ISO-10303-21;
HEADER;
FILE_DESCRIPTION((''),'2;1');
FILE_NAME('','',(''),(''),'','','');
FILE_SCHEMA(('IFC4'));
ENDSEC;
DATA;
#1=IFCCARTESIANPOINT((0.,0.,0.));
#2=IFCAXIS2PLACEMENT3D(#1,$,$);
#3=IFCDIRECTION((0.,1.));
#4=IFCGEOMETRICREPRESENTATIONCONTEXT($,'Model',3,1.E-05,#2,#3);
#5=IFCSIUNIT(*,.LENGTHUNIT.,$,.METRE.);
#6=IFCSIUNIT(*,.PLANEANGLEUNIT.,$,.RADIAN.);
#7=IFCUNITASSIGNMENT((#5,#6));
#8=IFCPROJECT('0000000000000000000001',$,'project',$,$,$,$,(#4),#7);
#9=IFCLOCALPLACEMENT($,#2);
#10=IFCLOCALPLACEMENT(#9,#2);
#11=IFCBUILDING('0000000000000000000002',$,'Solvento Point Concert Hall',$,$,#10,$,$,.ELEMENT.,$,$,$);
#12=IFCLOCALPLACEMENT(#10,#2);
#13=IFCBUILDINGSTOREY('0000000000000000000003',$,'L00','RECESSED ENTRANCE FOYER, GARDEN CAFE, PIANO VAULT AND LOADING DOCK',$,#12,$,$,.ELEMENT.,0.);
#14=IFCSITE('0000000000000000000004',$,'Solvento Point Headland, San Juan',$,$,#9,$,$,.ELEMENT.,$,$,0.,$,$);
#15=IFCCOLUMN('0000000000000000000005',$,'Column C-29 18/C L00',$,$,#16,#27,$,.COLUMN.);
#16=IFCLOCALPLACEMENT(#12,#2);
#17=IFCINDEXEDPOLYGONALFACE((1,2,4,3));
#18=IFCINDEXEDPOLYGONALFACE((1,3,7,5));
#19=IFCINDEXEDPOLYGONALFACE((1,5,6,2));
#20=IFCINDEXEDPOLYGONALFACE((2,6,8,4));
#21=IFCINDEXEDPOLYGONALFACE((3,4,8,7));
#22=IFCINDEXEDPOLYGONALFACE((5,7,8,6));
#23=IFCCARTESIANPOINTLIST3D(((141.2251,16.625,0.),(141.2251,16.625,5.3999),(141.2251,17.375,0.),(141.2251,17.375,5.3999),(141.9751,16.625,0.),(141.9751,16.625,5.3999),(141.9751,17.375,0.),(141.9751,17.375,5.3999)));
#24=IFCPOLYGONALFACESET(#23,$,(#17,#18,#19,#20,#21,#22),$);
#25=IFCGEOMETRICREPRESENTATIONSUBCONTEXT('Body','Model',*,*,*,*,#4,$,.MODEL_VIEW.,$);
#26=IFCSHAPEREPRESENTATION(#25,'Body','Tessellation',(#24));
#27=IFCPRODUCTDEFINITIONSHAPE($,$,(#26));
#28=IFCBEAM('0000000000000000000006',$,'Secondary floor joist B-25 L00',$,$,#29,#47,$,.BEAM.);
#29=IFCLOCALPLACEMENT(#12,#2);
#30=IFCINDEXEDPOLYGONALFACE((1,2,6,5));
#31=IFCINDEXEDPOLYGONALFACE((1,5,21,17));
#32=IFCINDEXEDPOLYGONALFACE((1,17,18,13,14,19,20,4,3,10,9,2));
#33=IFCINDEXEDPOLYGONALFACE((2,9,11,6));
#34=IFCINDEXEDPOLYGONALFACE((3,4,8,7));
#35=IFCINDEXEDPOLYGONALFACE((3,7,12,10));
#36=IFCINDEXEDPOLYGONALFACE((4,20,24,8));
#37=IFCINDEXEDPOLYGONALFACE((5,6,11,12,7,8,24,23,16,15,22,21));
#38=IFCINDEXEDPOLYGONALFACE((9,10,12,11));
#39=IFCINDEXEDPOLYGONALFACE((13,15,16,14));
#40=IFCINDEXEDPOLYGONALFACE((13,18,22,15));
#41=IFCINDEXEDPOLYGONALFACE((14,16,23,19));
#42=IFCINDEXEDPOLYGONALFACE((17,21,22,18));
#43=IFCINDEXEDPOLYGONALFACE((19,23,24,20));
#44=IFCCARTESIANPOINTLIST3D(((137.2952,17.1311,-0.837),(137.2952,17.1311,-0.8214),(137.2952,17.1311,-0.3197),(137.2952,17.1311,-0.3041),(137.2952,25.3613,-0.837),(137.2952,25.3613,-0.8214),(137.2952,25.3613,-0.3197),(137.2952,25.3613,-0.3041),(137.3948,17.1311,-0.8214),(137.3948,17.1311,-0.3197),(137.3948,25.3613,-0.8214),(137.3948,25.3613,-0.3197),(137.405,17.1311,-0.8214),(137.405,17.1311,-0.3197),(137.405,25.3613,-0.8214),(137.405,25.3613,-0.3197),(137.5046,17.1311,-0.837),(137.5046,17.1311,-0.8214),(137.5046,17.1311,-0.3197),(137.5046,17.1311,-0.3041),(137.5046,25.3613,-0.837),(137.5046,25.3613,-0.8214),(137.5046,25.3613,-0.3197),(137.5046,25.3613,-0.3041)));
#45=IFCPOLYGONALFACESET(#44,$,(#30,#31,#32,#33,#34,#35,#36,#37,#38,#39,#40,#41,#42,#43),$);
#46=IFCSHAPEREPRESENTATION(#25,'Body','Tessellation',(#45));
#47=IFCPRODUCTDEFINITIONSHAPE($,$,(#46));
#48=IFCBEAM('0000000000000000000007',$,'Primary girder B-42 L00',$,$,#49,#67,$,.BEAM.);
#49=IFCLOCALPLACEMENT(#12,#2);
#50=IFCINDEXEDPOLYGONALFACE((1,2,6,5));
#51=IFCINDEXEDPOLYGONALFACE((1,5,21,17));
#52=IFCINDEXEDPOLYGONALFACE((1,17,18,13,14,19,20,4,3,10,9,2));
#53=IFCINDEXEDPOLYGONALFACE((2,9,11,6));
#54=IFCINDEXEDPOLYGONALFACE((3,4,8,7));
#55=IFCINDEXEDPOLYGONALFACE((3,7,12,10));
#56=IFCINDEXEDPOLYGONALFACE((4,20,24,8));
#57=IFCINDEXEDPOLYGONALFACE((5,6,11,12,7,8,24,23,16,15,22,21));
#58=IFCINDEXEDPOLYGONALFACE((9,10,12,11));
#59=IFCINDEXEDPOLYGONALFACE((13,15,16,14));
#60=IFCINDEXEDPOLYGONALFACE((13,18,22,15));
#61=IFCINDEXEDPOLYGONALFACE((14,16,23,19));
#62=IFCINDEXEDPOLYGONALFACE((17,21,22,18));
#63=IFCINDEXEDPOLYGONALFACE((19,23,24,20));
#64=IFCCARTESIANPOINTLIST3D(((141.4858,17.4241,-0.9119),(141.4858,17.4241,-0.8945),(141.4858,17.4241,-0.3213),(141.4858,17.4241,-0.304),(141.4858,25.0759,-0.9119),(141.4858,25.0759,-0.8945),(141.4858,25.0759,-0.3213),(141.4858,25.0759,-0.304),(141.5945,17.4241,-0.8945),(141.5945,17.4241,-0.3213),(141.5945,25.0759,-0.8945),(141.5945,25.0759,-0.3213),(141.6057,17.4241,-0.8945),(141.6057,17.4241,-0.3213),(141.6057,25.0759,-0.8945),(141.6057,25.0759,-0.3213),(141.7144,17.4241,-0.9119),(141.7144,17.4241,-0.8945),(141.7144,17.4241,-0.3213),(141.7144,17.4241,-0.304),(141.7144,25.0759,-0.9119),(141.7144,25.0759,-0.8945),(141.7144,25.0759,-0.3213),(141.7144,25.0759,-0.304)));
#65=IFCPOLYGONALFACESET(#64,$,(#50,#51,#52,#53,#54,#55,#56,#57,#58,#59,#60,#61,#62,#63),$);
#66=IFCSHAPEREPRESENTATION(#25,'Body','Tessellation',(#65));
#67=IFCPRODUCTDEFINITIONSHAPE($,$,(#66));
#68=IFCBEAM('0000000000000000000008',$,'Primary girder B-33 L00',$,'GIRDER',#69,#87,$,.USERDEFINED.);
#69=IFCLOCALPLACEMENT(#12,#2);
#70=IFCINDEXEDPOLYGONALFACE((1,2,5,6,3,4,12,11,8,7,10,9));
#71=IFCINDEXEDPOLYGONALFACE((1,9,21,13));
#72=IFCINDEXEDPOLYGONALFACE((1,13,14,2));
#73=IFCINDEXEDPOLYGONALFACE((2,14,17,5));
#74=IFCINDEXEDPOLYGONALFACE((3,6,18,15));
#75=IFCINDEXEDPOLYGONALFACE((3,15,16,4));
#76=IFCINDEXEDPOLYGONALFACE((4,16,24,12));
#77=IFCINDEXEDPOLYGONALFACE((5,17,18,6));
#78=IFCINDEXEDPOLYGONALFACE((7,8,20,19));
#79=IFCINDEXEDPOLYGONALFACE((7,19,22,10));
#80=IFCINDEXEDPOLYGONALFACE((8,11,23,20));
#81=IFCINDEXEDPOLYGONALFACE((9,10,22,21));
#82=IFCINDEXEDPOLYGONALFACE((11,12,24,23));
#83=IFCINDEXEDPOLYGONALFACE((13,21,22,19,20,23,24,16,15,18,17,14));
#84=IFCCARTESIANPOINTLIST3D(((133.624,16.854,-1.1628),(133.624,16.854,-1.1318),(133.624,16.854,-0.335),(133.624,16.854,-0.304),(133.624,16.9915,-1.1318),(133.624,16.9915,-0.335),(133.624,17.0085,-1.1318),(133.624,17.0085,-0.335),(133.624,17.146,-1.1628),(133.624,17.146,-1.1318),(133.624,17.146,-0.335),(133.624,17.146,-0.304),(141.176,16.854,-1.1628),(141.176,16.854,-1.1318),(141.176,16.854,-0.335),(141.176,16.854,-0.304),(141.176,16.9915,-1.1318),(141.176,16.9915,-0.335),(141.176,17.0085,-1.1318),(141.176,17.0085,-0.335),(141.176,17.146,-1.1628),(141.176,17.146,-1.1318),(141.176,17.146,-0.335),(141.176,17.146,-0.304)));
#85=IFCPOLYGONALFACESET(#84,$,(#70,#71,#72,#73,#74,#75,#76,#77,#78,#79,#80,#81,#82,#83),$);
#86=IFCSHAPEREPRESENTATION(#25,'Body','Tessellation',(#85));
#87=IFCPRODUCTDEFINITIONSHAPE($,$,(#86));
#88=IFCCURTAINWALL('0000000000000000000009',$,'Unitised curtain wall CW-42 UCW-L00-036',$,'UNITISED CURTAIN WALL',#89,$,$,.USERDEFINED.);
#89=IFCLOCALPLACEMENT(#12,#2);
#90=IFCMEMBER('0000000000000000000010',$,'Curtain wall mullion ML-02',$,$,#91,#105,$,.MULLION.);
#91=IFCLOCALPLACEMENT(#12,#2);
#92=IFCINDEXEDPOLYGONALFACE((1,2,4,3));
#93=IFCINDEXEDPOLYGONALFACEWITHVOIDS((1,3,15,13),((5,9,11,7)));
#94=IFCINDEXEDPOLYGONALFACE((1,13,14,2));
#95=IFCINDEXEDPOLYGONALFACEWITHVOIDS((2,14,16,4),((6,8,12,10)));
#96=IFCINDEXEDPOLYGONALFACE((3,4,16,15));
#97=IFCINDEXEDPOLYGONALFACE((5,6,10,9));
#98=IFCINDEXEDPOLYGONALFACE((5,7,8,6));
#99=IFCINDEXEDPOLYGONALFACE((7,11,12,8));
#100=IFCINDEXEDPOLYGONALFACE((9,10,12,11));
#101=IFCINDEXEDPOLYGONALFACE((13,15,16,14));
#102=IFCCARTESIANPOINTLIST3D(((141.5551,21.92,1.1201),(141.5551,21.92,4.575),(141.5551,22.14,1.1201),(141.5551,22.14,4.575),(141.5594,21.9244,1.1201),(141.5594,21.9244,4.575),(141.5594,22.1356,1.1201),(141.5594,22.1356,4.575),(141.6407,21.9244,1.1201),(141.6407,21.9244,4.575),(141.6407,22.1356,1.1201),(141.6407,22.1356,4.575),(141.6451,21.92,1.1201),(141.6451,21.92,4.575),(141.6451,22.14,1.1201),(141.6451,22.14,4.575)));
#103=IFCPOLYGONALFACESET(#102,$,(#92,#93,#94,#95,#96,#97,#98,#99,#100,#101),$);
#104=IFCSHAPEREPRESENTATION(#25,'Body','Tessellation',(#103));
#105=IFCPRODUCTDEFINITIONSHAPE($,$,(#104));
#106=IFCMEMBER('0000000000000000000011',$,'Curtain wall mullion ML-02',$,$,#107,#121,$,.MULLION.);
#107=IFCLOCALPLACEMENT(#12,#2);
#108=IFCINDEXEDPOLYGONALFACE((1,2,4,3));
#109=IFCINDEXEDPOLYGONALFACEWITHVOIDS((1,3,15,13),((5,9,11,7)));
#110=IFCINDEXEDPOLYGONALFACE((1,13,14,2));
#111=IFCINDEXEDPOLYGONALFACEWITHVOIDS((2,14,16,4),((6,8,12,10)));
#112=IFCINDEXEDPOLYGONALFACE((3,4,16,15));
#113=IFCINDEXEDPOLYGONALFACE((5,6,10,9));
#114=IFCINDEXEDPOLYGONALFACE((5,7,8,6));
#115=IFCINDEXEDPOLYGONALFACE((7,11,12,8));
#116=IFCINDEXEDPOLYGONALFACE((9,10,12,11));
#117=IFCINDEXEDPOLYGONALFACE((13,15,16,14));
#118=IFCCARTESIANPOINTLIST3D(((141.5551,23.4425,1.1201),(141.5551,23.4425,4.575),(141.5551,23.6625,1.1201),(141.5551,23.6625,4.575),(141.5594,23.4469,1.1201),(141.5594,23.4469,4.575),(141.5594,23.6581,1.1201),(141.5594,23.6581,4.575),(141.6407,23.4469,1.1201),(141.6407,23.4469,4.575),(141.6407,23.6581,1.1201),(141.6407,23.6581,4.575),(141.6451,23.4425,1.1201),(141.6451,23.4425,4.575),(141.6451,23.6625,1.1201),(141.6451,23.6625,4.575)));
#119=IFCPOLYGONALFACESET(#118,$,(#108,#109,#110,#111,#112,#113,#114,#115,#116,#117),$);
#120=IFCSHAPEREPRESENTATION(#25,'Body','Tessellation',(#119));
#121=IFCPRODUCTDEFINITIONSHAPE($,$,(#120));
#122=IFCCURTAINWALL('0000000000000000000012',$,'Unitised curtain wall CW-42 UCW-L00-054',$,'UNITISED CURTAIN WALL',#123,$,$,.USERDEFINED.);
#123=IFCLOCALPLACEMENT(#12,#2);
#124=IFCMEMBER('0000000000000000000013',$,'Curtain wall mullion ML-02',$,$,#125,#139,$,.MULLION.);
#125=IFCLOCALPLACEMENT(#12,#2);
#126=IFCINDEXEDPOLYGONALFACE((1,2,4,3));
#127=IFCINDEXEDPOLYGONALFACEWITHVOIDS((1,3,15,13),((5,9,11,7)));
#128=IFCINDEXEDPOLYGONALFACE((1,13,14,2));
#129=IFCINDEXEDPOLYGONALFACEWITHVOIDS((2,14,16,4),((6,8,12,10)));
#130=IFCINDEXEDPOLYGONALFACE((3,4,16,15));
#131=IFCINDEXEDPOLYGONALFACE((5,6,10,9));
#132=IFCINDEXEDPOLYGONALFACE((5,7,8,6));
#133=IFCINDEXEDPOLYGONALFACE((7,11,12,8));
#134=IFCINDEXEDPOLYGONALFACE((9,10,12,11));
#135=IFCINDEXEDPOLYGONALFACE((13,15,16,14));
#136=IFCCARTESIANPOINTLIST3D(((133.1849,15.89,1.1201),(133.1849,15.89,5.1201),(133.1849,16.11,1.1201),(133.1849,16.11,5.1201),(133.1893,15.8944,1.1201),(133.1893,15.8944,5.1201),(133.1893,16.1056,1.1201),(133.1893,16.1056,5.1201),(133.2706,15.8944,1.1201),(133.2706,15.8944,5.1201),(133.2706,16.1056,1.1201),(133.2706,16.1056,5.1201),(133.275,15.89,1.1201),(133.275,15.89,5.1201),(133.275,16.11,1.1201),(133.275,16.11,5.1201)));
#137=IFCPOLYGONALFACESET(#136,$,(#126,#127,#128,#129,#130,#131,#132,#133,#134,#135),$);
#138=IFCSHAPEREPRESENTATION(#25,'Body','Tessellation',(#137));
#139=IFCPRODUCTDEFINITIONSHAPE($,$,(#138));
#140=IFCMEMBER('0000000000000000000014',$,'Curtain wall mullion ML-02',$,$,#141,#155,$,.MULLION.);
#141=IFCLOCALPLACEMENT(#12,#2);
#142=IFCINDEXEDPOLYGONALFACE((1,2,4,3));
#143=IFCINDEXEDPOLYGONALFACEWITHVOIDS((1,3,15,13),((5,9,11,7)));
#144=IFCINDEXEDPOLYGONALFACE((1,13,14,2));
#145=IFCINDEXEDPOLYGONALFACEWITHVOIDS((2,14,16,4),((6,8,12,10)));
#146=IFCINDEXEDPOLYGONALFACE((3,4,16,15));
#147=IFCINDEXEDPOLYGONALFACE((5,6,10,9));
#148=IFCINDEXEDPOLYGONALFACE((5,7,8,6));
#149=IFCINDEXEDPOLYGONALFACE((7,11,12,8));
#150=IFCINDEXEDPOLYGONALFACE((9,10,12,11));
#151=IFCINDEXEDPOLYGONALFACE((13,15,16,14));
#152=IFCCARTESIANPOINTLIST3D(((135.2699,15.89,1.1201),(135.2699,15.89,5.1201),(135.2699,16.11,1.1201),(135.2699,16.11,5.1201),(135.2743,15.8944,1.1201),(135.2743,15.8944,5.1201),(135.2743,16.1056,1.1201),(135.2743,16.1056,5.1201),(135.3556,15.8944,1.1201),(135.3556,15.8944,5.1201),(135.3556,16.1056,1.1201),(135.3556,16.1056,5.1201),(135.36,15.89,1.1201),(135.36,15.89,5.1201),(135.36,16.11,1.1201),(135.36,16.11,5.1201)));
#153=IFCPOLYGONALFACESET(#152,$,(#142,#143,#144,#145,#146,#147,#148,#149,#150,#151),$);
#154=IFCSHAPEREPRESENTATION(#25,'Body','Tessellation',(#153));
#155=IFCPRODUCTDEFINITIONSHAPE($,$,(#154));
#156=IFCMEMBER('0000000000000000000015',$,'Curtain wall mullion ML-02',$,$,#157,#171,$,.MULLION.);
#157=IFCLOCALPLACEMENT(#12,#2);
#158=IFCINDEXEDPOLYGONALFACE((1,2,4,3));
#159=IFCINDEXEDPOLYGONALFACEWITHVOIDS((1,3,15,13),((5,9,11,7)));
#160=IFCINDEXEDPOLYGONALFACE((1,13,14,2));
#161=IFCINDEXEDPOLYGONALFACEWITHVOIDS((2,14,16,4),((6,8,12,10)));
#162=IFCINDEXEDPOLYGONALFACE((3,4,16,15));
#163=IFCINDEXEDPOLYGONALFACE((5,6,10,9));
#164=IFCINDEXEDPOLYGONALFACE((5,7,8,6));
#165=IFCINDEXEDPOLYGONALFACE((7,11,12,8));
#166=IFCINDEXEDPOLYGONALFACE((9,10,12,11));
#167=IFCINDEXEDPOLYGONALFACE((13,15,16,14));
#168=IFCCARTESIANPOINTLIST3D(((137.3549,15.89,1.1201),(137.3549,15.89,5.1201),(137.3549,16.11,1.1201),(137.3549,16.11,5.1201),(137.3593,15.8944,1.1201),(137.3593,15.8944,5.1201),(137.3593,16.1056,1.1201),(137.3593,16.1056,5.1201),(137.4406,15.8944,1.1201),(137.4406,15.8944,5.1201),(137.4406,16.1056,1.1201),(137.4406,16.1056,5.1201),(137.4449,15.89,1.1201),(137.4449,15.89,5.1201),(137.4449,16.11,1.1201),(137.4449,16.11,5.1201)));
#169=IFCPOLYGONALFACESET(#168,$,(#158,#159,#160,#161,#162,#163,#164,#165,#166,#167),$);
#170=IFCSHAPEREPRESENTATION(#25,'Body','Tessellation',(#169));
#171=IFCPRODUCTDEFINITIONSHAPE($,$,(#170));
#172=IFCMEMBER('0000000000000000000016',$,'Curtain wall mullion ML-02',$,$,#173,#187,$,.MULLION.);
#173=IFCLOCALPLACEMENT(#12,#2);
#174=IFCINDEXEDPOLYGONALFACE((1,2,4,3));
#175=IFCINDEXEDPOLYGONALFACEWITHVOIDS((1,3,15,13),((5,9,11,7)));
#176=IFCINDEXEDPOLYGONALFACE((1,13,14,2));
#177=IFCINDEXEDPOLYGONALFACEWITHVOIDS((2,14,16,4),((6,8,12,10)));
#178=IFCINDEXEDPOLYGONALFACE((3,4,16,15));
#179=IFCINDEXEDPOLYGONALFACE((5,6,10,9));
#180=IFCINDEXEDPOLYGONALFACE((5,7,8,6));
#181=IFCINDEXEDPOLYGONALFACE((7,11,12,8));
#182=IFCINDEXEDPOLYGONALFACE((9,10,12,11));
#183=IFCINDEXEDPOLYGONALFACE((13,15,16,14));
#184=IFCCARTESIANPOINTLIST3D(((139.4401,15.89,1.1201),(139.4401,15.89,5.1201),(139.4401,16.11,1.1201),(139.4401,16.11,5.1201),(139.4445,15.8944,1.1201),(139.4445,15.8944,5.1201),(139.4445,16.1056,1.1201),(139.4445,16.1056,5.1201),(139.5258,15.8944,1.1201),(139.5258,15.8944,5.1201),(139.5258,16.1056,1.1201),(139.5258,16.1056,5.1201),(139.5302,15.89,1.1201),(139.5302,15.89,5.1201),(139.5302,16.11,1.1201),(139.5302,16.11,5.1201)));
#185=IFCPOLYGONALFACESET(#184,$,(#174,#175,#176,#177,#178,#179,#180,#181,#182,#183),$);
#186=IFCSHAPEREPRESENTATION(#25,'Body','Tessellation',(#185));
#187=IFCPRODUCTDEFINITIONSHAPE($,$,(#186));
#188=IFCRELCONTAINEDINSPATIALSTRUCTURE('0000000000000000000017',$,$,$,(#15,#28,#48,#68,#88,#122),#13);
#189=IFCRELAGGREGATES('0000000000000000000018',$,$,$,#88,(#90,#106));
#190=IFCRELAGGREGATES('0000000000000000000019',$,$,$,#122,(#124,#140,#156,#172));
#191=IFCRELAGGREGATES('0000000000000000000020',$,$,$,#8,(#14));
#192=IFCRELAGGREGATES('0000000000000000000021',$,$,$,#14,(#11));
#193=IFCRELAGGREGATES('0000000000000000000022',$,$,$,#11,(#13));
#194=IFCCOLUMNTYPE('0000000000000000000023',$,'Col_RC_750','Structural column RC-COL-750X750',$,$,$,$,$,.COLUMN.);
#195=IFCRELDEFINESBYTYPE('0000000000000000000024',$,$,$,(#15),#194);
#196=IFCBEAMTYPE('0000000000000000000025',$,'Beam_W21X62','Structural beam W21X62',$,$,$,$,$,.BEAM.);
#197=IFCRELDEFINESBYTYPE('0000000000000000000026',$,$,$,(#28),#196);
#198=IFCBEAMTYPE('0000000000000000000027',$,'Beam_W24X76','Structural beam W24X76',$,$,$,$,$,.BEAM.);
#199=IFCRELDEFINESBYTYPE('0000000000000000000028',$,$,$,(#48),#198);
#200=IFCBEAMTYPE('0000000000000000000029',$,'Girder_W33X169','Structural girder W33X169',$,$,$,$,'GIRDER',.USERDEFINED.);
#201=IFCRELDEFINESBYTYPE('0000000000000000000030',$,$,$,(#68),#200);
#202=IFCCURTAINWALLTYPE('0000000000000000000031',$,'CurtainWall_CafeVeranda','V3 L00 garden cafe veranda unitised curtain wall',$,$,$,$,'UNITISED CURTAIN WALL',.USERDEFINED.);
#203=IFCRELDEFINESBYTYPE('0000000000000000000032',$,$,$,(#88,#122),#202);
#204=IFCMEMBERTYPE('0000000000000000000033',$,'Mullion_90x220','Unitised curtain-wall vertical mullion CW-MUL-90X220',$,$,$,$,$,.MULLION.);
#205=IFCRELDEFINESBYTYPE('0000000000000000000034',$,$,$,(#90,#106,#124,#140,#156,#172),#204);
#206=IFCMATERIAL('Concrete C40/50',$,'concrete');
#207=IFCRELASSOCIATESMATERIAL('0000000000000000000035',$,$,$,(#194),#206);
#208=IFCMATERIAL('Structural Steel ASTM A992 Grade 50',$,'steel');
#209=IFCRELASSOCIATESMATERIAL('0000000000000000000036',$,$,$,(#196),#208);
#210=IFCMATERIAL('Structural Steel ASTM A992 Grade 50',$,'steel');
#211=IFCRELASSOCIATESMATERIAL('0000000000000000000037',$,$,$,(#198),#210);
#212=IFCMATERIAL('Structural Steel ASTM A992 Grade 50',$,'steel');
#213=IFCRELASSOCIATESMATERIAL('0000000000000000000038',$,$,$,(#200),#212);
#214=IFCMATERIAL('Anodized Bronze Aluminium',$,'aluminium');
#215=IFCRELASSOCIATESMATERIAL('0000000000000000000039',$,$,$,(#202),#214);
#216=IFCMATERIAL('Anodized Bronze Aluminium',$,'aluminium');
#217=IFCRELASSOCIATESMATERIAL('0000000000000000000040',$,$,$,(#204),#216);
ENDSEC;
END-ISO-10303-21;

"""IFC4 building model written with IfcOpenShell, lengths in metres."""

from ifc_helpers import new_model, si_unit, direction, frame, origin, origin_2d, place, context, subcontext, project, spatial, rectangle, hollow_rectangle, i_section, extrude, material, material_profile, profile_set, type_object, element, aggregate, save


model = new_model("IFC4")

# Units and contexts
model_context = context("Model", 3, precision=1e-05, world=origin(), true_north=direction((0.0, 1.0)))
body_context = subcontext(model_context, "Body", "Model", "MODEL_VIEW")
ifc_project = project(units=[si_unit("LENGTHUNIT", "METRE"), si_unit("PLANEANGLEUNIT", "RADIAN")], contexts=[model_context])

# Site, building, storey
site_placement = place(None, origin())
site = spatial("IfcSite", under=ifc_project, at=site_placement, Name="Solvento Point Headland, San Juan", CompositionType="ELEMENT", RefElevation=0.0)
building_placement = place(site_placement, origin())
building = spatial("IfcBuilding", under=site, at=building_placement, Name="Solvento Point Concert Hall", CompositionType="ELEMENT")
storey_placement = place(building_placement, origin())
storey = spatial("IfcBuildingStorey", under=building, at=storey_placement, Name="L00", Description="RECESSED ENTRANCE FOYER, GARDEN CAFE, PIANO VAULT AND LOADING DOCK", CompositionType="ELEMENT", Elevation=0.0)

# Column
ifc_material_1 = material(Name="Concrete C40/50", Category="concrete")
ifc_material_profile_1 = material_profile(ifc_material_1, rectangle(XDim=0.75, YDim=0.75, at=origin_2d()), Name="RC-COL-750X750")
ifc_profile_set_1 = profile_set([ifc_material_profile_1], Name="Concrete C40/50")
column_type = type_object("IfcColumnType", Name="Col_RC_750", Description="Structural column RC-COL-750X750", PredefinedType="COLUMN", material=ifc_profile_set_1)
column_placement = place(storey_placement, frame((141.6001, 17.0, 0.0), z_axis=(0.0, 0.0, 1.0), x_axis=(1.0, 0.0, 0.0)))
element("IfcColumn", 1, at=column_placement, inside=storey, type_object=column_type, Name="Column C-29 18/C L00", PredefinedType="COLUMN", context=body_context, shape_type="SweptSolid", body=[
    extrude(rectangle(XDim=0.75, YDim=0.75, at=origin_2d()), origin(), (0.0, 0.0, 1.0), 5.3999),
])

# Beams
ifc_material_2 = material(Name="Structural Steel ASTM A992 Grade 50", Category="steel")
ifc_material_profile_2 = material_profile(ifc_material_2, i_section(OverallWidth=0.2095, OverallDepth=0.533, WebThickness=0.0103, FlangeThickness=0.0156, at=origin_2d()), Name="W21X62")
ifc_profile_set_2 = profile_set([ifc_material_profile_2], Name="Structural Steel ASTM A992 Grade 50")
beam_type_1 = type_object("IfcBeamType", Name="Beam_W21X62", Description="Structural beam W21X62", PredefinedType="BEAM", material=ifc_profile_set_2)
beam_1_placement = place(storey_placement, frame((137.3999, 17.1311, -0.5706), z_axis=(0.0, 1.0, 0.0), x_axis=(-1.0, 0.0, 0.0)))
element("IfcBeam", 2, at=beam_1_placement, inside=storey, type_object=beam_type_1, Name="Secondary floor joist B-25 L00", PredefinedType="BEAM", context=body_context, shape_type="SweptSolid", body=[
    extrude(i_section(OverallWidth=0.2095, OverallDepth=0.533, WebThickness=0.0103, FlangeThickness=0.0156, at=origin_2d()), origin(), (0.0, 0.0, 1.0), 8.2302),
])
ifc_material_3 = material(Name="Structural Steel ASTM A992 Grade 50", Category="steel")
ifc_material_profile_3 = material_profile(ifc_material_3, i_section(OverallWidth=0.2285, OverallDepth=0.6079, WebThickness=0.0112, FlangeThickness=0.0173, at=origin_2d()), Name="W24X76")
ifc_profile_set_3 = profile_set([ifc_material_profile_3], Name="Structural Steel ASTM A992 Grade 50")
beam_type_2 = type_object("IfcBeamType", Name="Beam_W24X76", Description="Structural beam W24X76", PredefinedType="BEAM", material=ifc_profile_set_3)
beam_2_placement = place(storey_placement, frame((141.6001, 17.4241, -0.6079), z_axis=(0.0, 1.0, 0.0), x_axis=(-1.0, 0.0, 0.0)))
element("IfcBeam", 3, at=beam_2_placement, inside=storey, type_object=beam_type_2, Name="Primary girder B-42 L00", PredefinedType="BEAM", context=body_context, shape_type="SweptSolid", body=[
    extrude(i_section(OverallWidth=0.2285, OverallDepth=0.6079, WebThickness=0.0112, FlangeThickness=0.0173, at=origin_2d()), origin(), (0.0, 0.0, 1.0), 7.6519),
])
ifc_material_4 = material(Name="Structural Steel ASTM A992 Grade 50", Category="steel")
ifc_material_profile_4 = material_profile(ifc_material_4, i_section(OverallWidth=0.292, OverallDepth=0.8589, WebThickness=0.0171, FlangeThickness=0.031, at=origin_2d()), Name="W33X169")
ifc_profile_set_4 = profile_set([ifc_material_profile_4], Name="Structural Steel ASTM A992 Grade 50")
beam_type_3 = type_object("IfcBeamType", Name="Girder_W33X169", Description="Structural girder W33X169", ElementType="GIRDER", PredefinedType="USERDEFINED", material=ifc_profile_set_4)
beam_3_placement = place(storey_placement, frame((133.624, 17.0, -0.7334), z_axis=(1.0, 0.0, 0.0), x_axis=(0.0, 1.0, 0.0)))
element("IfcBeam", 4, at=beam_3_placement, inside=storey, type_object=beam_type_3, Name="Primary girder B-33 L00", ObjectType="GIRDER", PredefinedType="USERDEFINED", context=body_context, shape_type="SweptSolid", body=[
    extrude(i_section(OverallWidth=0.292, OverallDepth=0.8589, WebThickness=0.0171, FlangeThickness=0.031, at=origin_2d()), origin(), (0.0, 0.0, 1.0), 7.552),
])

# Curtain walls, members
ifc_material_5 = material(Name="Anodized Bronze Aluminium", Category="aluminium")
curtain_wall_type = type_object("IfcCurtainWallType", Name="CurtainWall_CafeVeranda", Description="V3 L00 garden cafe veranda unitised curtain wall", ElementType="UNITISED CURTAIN WALL", PredefinedType="USERDEFINED", material=ifc_material_5)
curtain_wall_1_placement = place(storey_placement, origin())
curtain_wall_1 = element("IfcCurtainWall", 5, at=curtain_wall_1_placement, inside=storey, type_object=curtain_wall_type, Name="Unitised curtain wall CW-42 UCW-L00-036", ObjectType="UNITISED CURTAIN WALL", PredefinedType="USERDEFINED")
ifc_material_6 = material(Name="Anodized Bronze Aluminium", Category="aluminium")
ifc_material_profile_5 = material_profile(ifc_material_6, hollow_rectangle(XDim=0.0901, YDim=0.22, WallThickness=0.0044, at=origin_2d()), Name="CW-MUL-90X220")
ifc_profile_set_5 = profile_set([ifc_material_profile_5], Name="Anodized Bronze Aluminium")
member_type_1 = type_object("IfcMemberType", Name="Mullion_90x220", Description="Unitised curtain-wall vertical mullion CW-MUL-90X220", PredefinedType="MULLION", material=ifc_profile_set_5)
member_1_placement = place(storey_placement, frame((141.6001, 22.03, 1.1201), z_axis=(0.0, 0.0, 1.0), x_axis=(1.0, 0.0, 0.0)))
member_1 = element("IfcMember", 6, at=member_1_placement, type_object=member_type_1, Name="Curtain wall mullion ML-02", PredefinedType="MULLION", context=body_context, shape_type="SweptSolid", body=[
    extrude(hollow_rectangle(XDim=0.0901, YDim=0.22, WallThickness=0.0044, at=origin_2d()), origin(), (0.0, 0.0, 1.0), 3.4548),
])
member_2_placement = place(storey_placement, frame((141.6001, 23.5525, 1.1201), z_axis=(0.0, 0.0, 1.0), x_axis=(1.0, 0.0, 0.0)))
member_2 = element("IfcMember", 7, at=member_2_placement, type_object=member_type_1, Name="Curtain wall mullion ML-02", PredefinedType="MULLION", context=body_context, shape_type="SweptSolid", body=[
    extrude(hollow_rectangle(XDim=0.0901, YDim=0.22, WallThickness=0.0044, at=origin_2d()), origin(), (0.0, 0.0, 1.0), 3.4548),
])
curtain_wall_2_placement = place(storey_placement, origin())
curtain_wall_2 = element("IfcCurtainWall", 8, at=curtain_wall_2_placement, inside=storey, type_object=curtain_wall_type, Name="Unitised curtain wall CW-42 UCW-L00-054", ObjectType="UNITISED CURTAIN WALL", PredefinedType="USERDEFINED")
member_3_placement = place(storey_placement, frame((133.23, 16.0, 1.1201), z_axis=(0.0, 0.0, 1.0), x_axis=(1.0, 0.0, 0.0)))
member_3 = element("IfcMember", 9, at=member_3_placement, type_object=member_type_1, Name="Curtain wall mullion ML-02", PredefinedType="MULLION", context=body_context, shape_type="SweptSolid", body=[
    extrude(hollow_rectangle(XDim=0.0901, YDim=0.22, WallThickness=0.0044, at=origin_2d()), origin(), (0.0, 0.0, 1.0), 4.0),
])
member_4_placement = place(storey_placement, frame((135.3149, 16.0, 1.1201), z_axis=(0.0, 0.0, 1.0), x_axis=(1.0, 0.0, 0.0)))
member_4 = element("IfcMember", 10, at=member_4_placement, type_object=member_type_1, Name="Curtain wall mullion ML-02", PredefinedType="MULLION", context=body_context, shape_type="SweptSolid", body=[
    extrude(hollow_rectangle(XDim=0.0901, YDim=0.22, WallThickness=0.0044, at=origin_2d()), origin(), (0.0, 0.0, 1.0), 4.0),
])
member_5_placement = place(storey_placement, frame((137.3999, 16.0, 1.1201), z_axis=(0.0, 0.0, 1.0), x_axis=(1.0, 0.0, 0.0)))
member_5 = element("IfcMember", 11, at=member_5_placement, type_object=member_type_1, Name="Curtain wall mullion ML-02", PredefinedType="MULLION", context=body_context, shape_type="SweptSolid", body=[
    extrude(hollow_rectangle(XDim=0.0901, YDim=0.22, WallThickness=0.0044, at=origin_2d()), origin(), (0.0, 0.0, 1.0), 4.0),
])
member_6_placement = place(storey_placement, frame((139.4851, 16.0, 1.1201), z_axis=(0.0, 0.0, 1.0), x_axis=(1.0, 0.0, 0.0)))
member_6 = element("IfcMember", 12, at=member_6_placement, type_object=member_type_1, Name="Curtain wall mullion ML-02", PredefinedType="MULLION", context=body_context, shape_type="SweptSolid", body=[
    extrude(hollow_rectangle(XDim=0.0901, YDim=0.22, WallThickness=0.0044, at=origin_2d()), origin(), (0.0, 0.0, 1.0), 4.0),
])

aggregate(curtain_wall_1, [member_1, member_2])
aggregate(curtain_wall_2, [member_3, member_4, member_5, member_6])

save(model, "model.ifc")
